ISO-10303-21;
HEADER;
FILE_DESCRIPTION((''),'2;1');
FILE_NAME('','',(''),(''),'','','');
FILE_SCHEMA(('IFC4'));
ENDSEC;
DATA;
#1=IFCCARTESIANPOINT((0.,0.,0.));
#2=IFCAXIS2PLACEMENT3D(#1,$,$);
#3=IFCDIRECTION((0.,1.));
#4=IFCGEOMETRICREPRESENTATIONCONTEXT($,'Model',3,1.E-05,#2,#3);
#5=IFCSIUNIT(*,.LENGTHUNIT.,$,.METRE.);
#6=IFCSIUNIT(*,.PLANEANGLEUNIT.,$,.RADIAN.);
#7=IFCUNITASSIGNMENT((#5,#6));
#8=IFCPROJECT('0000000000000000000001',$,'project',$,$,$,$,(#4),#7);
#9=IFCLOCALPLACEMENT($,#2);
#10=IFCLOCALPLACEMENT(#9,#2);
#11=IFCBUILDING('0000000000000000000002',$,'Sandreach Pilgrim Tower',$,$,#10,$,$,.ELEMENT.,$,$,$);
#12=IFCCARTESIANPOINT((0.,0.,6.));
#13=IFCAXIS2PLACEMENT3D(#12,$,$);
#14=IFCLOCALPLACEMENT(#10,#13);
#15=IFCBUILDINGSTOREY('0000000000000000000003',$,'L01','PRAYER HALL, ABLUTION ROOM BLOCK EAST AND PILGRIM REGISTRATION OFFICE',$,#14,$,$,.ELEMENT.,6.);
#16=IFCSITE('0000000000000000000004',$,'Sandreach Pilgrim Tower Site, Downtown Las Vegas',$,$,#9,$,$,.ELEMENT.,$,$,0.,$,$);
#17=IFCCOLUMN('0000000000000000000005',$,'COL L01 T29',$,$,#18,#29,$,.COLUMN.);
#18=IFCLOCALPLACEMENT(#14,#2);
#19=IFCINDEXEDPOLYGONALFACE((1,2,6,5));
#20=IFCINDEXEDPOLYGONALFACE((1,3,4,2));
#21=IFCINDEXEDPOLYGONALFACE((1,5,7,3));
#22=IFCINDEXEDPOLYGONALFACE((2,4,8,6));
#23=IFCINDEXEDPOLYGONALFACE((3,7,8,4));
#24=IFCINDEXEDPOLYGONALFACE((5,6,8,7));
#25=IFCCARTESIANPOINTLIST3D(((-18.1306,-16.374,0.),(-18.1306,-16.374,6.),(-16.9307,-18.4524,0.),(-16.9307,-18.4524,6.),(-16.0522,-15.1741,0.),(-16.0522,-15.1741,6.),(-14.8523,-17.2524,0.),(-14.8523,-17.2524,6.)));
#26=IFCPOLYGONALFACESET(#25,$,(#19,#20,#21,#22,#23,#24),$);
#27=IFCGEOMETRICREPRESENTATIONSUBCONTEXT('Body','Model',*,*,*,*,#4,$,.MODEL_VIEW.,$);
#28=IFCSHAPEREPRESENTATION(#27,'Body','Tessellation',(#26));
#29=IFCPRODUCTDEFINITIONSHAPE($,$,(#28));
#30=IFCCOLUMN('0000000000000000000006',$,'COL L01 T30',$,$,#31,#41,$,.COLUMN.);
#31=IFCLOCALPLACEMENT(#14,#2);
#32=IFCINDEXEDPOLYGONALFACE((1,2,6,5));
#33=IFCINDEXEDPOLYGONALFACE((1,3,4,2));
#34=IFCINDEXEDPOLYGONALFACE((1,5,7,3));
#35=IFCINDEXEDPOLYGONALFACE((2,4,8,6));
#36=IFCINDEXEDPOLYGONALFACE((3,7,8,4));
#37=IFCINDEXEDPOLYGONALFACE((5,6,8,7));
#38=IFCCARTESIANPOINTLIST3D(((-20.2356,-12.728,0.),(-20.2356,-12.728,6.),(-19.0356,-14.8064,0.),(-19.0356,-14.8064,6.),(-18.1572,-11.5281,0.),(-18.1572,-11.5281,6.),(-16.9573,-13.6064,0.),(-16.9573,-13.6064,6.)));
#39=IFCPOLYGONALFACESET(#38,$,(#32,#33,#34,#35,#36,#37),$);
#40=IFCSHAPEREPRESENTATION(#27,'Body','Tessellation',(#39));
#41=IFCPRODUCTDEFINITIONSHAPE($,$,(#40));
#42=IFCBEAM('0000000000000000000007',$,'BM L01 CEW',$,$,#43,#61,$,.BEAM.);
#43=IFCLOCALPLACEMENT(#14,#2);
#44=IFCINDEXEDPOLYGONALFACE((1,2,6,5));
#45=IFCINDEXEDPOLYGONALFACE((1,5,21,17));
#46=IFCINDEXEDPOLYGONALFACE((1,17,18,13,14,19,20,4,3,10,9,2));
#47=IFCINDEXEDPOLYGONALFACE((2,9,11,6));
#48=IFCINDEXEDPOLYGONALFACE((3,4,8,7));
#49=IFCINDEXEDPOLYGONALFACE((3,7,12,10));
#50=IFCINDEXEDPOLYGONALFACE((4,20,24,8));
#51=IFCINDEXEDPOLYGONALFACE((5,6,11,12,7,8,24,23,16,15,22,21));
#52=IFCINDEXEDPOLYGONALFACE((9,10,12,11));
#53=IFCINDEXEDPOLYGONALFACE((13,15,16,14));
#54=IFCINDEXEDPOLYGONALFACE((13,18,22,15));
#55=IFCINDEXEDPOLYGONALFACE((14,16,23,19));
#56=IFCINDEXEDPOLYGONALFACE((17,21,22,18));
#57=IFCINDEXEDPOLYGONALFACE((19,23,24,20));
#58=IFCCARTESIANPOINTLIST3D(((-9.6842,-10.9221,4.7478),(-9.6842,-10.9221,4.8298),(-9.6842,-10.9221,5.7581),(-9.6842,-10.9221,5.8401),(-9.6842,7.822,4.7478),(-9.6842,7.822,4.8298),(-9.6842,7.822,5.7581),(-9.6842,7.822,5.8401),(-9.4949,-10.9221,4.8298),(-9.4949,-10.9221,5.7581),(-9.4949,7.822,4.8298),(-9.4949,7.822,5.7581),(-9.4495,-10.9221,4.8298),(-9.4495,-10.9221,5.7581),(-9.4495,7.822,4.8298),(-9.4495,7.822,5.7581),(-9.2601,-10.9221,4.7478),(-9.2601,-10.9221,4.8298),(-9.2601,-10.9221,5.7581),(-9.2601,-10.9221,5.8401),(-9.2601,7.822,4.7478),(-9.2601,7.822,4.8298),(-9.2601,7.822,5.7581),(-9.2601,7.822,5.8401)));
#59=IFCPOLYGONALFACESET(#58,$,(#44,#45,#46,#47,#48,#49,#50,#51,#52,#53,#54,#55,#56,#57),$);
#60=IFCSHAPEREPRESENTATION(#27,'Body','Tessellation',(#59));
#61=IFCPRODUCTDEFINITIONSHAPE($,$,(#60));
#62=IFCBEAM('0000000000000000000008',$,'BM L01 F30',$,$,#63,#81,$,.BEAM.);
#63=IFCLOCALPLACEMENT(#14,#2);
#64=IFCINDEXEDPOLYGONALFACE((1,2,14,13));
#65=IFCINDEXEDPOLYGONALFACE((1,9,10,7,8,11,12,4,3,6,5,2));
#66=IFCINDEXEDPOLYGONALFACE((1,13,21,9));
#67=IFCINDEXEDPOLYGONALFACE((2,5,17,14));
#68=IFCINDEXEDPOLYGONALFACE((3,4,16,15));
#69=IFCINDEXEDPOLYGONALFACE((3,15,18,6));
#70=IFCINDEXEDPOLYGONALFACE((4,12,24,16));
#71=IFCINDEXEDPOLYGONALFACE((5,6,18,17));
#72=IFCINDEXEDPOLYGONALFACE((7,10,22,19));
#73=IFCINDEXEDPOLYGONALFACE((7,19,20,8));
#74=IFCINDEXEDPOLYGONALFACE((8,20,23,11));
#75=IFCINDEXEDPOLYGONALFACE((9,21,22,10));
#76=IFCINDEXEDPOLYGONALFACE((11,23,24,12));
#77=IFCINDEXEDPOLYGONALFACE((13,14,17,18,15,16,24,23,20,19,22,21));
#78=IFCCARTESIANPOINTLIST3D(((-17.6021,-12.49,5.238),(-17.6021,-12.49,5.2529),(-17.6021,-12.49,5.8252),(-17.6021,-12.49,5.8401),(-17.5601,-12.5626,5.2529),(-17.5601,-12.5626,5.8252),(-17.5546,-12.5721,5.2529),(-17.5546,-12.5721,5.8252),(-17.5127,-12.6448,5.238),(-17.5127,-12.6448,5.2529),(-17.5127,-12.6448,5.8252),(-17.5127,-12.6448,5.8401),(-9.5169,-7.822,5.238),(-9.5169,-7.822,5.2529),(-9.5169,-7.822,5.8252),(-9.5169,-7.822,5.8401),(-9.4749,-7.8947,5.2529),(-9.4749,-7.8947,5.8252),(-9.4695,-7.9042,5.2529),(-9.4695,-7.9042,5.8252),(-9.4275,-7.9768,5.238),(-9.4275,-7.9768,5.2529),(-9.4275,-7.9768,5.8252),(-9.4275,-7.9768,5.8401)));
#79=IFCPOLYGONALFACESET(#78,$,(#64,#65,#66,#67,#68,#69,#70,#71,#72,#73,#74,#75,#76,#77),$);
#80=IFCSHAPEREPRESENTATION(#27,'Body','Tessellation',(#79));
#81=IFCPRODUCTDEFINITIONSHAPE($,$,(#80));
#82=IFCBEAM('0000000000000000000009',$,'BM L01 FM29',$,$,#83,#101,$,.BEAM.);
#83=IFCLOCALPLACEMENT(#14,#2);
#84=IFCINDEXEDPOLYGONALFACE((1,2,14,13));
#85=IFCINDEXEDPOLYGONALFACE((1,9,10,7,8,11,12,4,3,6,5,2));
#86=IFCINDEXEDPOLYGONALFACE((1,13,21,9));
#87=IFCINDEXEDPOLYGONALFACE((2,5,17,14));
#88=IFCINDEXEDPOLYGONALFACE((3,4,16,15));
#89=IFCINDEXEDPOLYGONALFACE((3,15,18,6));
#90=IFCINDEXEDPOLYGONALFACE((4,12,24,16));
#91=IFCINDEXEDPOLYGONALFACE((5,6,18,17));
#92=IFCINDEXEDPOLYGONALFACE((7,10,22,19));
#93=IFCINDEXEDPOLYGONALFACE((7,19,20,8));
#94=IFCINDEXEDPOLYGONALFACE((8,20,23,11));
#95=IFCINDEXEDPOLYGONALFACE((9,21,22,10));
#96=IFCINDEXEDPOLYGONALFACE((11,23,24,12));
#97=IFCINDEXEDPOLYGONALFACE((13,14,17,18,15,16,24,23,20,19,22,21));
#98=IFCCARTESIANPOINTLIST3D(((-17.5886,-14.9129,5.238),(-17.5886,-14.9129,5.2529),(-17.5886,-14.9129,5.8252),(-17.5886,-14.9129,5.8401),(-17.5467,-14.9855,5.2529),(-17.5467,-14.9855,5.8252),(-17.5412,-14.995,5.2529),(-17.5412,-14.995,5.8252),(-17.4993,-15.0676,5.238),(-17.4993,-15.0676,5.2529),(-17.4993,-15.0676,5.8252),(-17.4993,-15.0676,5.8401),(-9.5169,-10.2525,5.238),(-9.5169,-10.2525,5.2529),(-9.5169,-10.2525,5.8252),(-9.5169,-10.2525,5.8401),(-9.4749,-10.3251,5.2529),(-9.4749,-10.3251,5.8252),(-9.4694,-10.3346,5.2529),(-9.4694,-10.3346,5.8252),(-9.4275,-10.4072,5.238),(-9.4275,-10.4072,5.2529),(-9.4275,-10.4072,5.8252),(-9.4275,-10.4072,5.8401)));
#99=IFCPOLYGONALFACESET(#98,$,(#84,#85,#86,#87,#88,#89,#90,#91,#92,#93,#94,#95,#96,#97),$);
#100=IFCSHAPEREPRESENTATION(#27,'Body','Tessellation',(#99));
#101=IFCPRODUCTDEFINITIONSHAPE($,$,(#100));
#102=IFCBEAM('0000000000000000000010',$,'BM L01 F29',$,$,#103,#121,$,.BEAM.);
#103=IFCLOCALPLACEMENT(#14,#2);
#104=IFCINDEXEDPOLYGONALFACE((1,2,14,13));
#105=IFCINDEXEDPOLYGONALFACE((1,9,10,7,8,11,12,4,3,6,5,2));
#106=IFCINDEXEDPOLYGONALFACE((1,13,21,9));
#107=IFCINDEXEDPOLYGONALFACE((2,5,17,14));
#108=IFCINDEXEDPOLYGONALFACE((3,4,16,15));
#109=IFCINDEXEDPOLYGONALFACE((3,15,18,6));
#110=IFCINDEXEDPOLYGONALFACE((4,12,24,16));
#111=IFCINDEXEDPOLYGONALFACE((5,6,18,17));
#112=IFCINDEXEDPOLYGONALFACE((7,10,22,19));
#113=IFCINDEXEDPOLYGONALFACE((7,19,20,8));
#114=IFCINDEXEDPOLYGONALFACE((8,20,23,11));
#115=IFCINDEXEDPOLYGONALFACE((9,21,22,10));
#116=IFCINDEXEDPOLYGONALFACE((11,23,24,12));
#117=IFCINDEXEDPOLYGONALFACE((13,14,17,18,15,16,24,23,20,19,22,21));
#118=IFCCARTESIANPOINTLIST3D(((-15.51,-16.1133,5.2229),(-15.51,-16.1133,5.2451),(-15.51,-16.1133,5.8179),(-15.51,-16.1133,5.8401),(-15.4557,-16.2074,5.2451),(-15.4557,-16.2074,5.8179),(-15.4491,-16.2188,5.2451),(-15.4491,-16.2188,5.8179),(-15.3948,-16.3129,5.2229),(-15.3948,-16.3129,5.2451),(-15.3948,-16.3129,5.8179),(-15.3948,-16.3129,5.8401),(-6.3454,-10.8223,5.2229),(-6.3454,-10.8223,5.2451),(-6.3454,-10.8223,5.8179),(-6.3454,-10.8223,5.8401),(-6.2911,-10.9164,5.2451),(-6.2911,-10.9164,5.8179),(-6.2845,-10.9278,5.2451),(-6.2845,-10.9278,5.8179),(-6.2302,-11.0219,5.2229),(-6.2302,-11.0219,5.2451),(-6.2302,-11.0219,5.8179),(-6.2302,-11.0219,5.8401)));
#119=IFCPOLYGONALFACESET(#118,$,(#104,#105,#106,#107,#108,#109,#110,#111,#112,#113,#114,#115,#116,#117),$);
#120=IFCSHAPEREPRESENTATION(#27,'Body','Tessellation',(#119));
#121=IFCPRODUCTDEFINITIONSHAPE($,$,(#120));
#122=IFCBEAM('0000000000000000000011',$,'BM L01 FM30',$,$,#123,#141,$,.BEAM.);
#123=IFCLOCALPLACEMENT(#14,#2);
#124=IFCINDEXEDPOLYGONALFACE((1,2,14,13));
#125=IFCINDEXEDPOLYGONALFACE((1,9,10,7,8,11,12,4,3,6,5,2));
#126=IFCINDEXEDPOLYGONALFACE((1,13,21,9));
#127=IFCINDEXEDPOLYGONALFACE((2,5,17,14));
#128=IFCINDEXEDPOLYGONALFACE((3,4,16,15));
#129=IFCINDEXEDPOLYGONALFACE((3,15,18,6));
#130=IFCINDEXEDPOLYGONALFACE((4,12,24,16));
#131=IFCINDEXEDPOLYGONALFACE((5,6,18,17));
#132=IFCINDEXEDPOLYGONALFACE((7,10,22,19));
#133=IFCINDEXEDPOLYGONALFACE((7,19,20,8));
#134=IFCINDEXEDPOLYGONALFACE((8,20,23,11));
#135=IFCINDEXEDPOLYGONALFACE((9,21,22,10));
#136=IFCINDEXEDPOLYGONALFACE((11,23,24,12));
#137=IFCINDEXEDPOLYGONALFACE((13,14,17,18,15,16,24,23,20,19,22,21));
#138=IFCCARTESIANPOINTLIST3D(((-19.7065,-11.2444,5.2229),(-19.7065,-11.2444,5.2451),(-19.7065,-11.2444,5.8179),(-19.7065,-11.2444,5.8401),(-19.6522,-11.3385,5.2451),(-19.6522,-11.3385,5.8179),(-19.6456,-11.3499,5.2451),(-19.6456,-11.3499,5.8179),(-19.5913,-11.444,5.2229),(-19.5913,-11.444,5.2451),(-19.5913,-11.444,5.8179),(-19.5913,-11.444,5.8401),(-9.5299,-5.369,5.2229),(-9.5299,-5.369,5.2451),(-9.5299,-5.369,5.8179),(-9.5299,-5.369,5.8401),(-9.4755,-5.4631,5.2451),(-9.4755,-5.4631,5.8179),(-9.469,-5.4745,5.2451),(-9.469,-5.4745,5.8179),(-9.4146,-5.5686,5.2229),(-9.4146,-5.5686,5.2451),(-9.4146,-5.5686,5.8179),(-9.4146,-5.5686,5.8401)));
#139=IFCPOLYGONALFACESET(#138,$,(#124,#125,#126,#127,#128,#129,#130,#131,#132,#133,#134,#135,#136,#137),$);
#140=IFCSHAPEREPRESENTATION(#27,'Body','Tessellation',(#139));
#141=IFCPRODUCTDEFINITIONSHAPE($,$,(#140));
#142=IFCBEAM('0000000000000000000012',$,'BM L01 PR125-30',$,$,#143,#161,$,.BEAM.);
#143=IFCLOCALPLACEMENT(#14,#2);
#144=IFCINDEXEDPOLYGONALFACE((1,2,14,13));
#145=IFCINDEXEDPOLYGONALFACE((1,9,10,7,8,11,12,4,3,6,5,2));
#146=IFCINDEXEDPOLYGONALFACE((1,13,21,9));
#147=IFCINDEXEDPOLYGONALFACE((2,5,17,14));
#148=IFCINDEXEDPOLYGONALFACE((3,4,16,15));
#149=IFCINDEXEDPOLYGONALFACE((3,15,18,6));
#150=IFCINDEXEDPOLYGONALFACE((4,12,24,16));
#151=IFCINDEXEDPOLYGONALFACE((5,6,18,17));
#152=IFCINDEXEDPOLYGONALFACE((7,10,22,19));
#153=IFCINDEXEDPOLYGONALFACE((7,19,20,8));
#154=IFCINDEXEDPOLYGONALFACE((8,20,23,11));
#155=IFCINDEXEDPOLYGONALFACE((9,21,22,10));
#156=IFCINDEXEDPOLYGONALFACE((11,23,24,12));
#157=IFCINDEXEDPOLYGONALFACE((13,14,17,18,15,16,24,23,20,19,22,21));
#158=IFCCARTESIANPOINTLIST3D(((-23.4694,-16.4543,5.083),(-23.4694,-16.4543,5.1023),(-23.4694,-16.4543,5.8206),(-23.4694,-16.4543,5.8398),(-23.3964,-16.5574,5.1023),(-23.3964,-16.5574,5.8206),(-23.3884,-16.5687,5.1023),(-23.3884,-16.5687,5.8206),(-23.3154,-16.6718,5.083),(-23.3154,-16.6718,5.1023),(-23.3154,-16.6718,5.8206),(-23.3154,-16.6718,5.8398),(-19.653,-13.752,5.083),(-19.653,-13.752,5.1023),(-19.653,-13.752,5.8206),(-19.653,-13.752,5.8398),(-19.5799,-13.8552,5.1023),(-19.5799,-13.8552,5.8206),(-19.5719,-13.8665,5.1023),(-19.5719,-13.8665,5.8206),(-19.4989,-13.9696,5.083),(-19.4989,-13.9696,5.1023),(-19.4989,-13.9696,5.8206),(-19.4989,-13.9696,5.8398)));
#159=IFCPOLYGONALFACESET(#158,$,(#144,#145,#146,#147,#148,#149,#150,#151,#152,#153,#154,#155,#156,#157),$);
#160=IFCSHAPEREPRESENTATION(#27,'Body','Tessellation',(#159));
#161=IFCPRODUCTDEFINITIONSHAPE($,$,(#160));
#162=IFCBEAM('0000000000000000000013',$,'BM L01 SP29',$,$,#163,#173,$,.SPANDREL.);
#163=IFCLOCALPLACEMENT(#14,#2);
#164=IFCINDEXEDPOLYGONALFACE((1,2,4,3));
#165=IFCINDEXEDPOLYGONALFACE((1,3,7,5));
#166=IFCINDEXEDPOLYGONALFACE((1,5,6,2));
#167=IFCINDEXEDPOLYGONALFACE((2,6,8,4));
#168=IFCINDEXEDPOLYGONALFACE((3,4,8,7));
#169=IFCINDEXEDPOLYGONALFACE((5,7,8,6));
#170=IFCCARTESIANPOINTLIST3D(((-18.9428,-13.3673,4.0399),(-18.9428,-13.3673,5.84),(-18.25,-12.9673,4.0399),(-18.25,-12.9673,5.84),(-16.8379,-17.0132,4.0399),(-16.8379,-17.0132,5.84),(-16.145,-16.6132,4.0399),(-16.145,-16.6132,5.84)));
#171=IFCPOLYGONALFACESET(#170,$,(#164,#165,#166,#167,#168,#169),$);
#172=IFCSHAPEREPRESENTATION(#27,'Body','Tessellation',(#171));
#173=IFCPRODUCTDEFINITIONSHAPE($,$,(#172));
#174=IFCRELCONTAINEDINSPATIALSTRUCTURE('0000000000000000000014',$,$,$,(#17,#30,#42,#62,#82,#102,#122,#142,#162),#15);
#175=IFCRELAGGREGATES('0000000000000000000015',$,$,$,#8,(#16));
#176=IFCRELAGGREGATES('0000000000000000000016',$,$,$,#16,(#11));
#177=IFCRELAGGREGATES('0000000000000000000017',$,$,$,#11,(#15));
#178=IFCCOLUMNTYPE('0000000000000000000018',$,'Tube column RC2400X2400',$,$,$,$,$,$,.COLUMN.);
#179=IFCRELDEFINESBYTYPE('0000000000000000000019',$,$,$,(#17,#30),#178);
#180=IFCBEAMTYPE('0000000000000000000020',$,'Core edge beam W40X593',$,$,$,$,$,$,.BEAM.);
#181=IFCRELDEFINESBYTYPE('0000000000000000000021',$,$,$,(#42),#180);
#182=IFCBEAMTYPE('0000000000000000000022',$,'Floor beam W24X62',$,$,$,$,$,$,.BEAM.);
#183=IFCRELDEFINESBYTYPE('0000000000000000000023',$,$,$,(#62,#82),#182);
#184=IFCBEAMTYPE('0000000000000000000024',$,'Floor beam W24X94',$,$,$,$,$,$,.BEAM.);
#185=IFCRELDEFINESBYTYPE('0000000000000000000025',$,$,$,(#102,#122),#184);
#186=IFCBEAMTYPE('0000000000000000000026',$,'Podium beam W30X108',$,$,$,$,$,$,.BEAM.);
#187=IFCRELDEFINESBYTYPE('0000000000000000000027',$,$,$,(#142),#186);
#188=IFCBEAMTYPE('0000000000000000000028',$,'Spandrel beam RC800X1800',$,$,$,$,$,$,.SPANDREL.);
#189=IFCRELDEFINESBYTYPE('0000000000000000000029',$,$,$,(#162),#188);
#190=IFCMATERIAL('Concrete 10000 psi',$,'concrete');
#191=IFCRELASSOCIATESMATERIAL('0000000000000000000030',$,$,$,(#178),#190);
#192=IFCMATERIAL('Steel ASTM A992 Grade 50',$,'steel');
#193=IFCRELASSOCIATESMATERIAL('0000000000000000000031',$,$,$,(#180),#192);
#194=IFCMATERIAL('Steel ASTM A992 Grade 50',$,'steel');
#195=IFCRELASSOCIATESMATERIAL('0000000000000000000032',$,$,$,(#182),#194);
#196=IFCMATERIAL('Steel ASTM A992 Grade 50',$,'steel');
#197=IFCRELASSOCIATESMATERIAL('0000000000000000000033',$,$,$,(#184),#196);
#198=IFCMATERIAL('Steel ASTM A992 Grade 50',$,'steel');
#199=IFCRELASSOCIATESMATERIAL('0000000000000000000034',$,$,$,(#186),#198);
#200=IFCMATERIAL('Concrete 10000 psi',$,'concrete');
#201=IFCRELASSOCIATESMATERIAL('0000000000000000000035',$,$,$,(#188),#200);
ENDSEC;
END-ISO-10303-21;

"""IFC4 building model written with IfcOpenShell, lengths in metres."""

from ifc_helpers import new_model, si_unit, direction, frame, origin, origin_2d, place, context, subcontext, project, spatial, rectangle, i_section, extrude, material, material_profile, profile_set, type_object, element, save


model = new_model("IFC4")

# Units and contexts
model_context = context("Model", 3, precision=1e-05, world=origin(), true_north=direction((0.0, 1.0)))
body_context = subcontext(model_context, "Body", "Model", "MODEL_VIEW")
ifc_project = project(units=[si_unit("LENGTHUNIT", "METRE"), si_unit("PLANEANGLEUNIT", "RADIAN")], contexts=[model_context])

# Site, building, storey
site_placement = place(None, origin())
site = spatial("IfcSite", under=ifc_project, at=site_placement, Name="Sandreach Pilgrim Tower Site, Downtown Las Vegas", CompositionType="ELEMENT", RefElevation=0.0)
building_placement = place(site_placement, origin())
building = spatial("IfcBuilding", under=site, at=building_placement, Name="Sandreach Pilgrim Tower", CompositionType="ELEMENT")
storey_placement = place(building_placement, frame((0.0, 0.0, 6.0)))
storey = spatial("IfcBuildingStorey", under=building, at=storey_placement, Name="L01", Description="PRAYER HALL, ABLUTION ROOM BLOCK EAST AND PILGRIM REGISTRATION OFFICE", CompositionType="ELEMENT", Elevation=6.0)

# Columns
ifc_material_1 = material(Name="Concrete 10000 psi", Category="concrete")
ifc_material_profile_1 = material_profile(ifc_material_1, rectangle(XDim=2.3999, YDim=2.3999, at=origin_2d()), Name="RC2400X2400")
ifc_profile_set_1 = profile_set([ifc_material_profile_1], Name="Concrete 10000 psi")
column_type = type_object("IfcColumnType", Name="Tube column RC2400X2400", PredefinedType="COLUMN", material=ifc_profile_set_1)
for number, where, z_axis, x_axis, name in (
    (1, (-16.4915, -16.8132, 0.0), (0.0, 0.0, 1.0), (-0.866025, -0.5, 0.0), "COL L01 T29"),
    (2, (-18.5964, -13.1672, 0.0), (0.0, 0.0, 1.0), (-0.866025, -0.5, 0.0), "COL L01 T30"),
):
    element("IfcColumn", number, at=place(storey_placement, frame(where, z_axis=z_axis, x_axis=x_axis)), inside=storey, type_object=column_type, Name=name, PredefinedType="COLUMN", context=body_context, shape_type="SweptSolid", body=[
        extrude(rectangle(XDim=2.3999, YDim=2.3999, at=origin_2d()), origin(), (0.0, 0.0, 1.0), 6.0),
    ])

# Beams
ifc_material_2 = material(Name="Steel ASTM A992 Grade 50", Category="steel")
ifc_material_profile_2 = material_profile(ifc_material_2, i_section(OverallWidth=0.4241, OverallDepth=1.0923, WebThickness=0.0454, FlangeThickness=0.082, at=origin_2d()), Name="W40X593")
ifc_profile_set_2 = profile_set([ifc_material_profile_2], Name="Steel ASTM A992 Grade 50")
beam_type_1 = type_object("IfcBeamType", Name="Core edge beam W40X593", PredefinedType="BEAM", material=ifc_profile_set_2)
beam_1_placement = place(storey_placement, frame((-9.4722, -10.9221, 5.2939), z_axis=(0.0, 1.0, 0.0), x_axis=(-1.0, 0.0, 0.0)))
element("IfcBeam", 3, at=beam_1_placement, inside=storey, type_object=beam_type_1, Name="BM L01 CEW", PredefinedType="BEAM", context=body_context, shape_type="SweptSolid", body=[
    extrude(i_section(OverallWidth=0.4241, OverallDepth=1.0923, WebThickness=0.0454, FlangeThickness=0.082, at=origin_2d()), origin(), (0.0, 0.0, 1.0), 18.7441),
])
ifc_material_3 = material(Name="Steel ASTM A992 Grade 50", Category="steel")
ifc_material_profile_3 = material_profile(ifc_material_3, i_section(OverallWidth=0.1787, OverallDepth=0.6021, WebThickness=0.011, FlangeThickness=0.0149, at=origin_2d()), Name="W24X62")
ifc_profile_set_3 = profile_set([ifc_material_profile_3], Name="Steel ASTM A992 Grade 50")
beam_type_2 = type_object("IfcBeamType", Name="Floor beam W24X62", PredefinedType="BEAM", material=ifc_profile_set_3)
beam_2_placement = place(storey_placement, frame((-17.5574, -12.5674, 5.5391), z_axis=(0.866027, 0.499998, 0.0), x_axis=(-0.499998, 0.866027, 0.0)))
element("IfcBeam", 4, at=beam_2_placement, inside=storey, type_object=beam_type_2, Name="BM L01 F30", PredefinedType="BEAM", context=body_context, shape_type="SweptSolid", body=[
    extrude(i_section(OverallWidth=0.1787, OverallDepth=0.6021, WebThickness=0.011, FlangeThickness=0.0149, at=origin_2d()), origin(), (0.0, 0.0, 1.0), 9.3359),
])
beam_3_placement = place(storey_placement, frame((-17.5439, -14.9902, 5.5391), z_axis=(0.866018, 0.500013, 0.0), x_axis=(-0.500013, 0.866018, 0.0)))
element("IfcBeam", 5, at=beam_3_placement, inside=storey, type_object=beam_type_2, Name="BM L01 FM29", PredefinedType="BEAM", context=body_context, shape_type="SweptSolid", body=[
    extrude(i_section(OverallWidth=0.1787, OverallDepth=0.6021, WebThickness=0.011, FlangeThickness=0.0149, at=origin_2d()), origin(), (0.0, 0.0, 1.0), 9.3206),
])
ifc_material_4 = material(Name="Steel ASTM A992 Grade 50", Category="steel")
ifc_material_profile_4 = material_profile(ifc_material_4, i_section(OverallWidth=0.2305, OverallDepth=0.6172, WebThickness=0.0132, FlangeThickness=0.0222, at=origin_2d()), Name="W24X94")
ifc_profile_set_4 = profile_set([ifc_material_profile_4], Name="Steel ASTM A992 Grade 50")
beam_type_3 = type_object("IfcBeamType", Name="Floor beam W24X94", PredefinedType="BEAM", material=ifc_profile_set_4)
beam_4_placement = place(storey_placement, frame((-15.4524, -16.2131, 5.5315), z_axis=(0.866031, 0.49999, 0.0), x_axis=(-0.49999, 0.866031, 0.0)))
element("IfcBeam", 6, at=beam_4_placement, inside=storey, type_object=beam_type_3, Name="BM L01 F29", PredefinedType="BEAM", context=body_context, shape_type="SweptSolid", body=[
    extrude(i_section(OverallWidth=0.2305, OverallDepth=0.6172, WebThickness=0.0132, FlangeThickness=0.0222, at=origin_2d()), origin(), (0.0, 0.0, 1.0), 10.5823),
])
beam_5_placement = place(storey_placement, frame((-19.6489, -11.3442, 5.5315), z_axis=(0.866028, 0.499996, 0.0), x_axis=(-0.499996, 0.866028, 0.0)))
element("IfcBeam", 7, at=beam_5_placement, inside=storey, type_object=beam_type_3, Name="BM L01 FM30", PredefinedType="BEAM", context=body_context, shape_type="SweptSolid", body=[
    extrude(i_section(OverallWidth=0.2305, OverallDepth=0.6172, WebThickness=0.0132, FlangeThickness=0.0222, at=origin_2d()), origin(), (0.0, 0.0, 1.0), 11.751),
])
ifc_material_5 = material(Name="Steel ASTM A992 Grade 50", Category="steel")
ifc_material_profile_5 = material_profile(ifc_material_5, i_section(OverallWidth=0.2666, OverallDepth=0.7568, WebThickness=0.0139, FlangeThickness=0.0193, at=origin_2d()), Name="W30X108")
ifc_profile_set_5 = profile_set([ifc_material_profile_5], Name="Steel ASTM A992 Grade 50")
beam_type_4 = type_object("IfcBeamType", Name="Podium beam W30X108", PredefinedType="BEAM", material=ifc_profile_set_5)
beam_6_placement = place(storey_placement, frame((-19.5759, -13.8608, 5.4614), z_axis=(-0.816139, -0.577855, 0.0), x_axis=(0.577855, -0.816139, 0.0)))
element("IfcBeam", 8, at=beam_6_placement, inside=storey, type_object=beam_type_4, Name="BM L01 PR125-30", PredefinedType="BEAM", context=body_context, shape_type="SweptSolid", body=[
    extrude(i_section(OverallWidth=0.2666, OverallDepth=0.7568, WebThickness=0.0139, FlangeThickness=0.0193, at=origin_2d()), origin(), (0.0, 0.0, 1.0), 4.6763),
])
ifc_material_6 = material(Name="Concrete 10000 psi", Category="concrete")
ifc_material_profile_6 = material_profile(ifc_material_6, rectangle(XDim=0.8, YDim=1.8, at=origin_2d()), Name="RC800X1800")
ifc_profile_set_6 = profile_set([ifc_material_profile_6], Name="Concrete 10000 psi")
beam_type_5 = type_object("IfcBeamType", Name="Spandrel beam RC800X1800", PredefinedType="SPANDREL", material=ifc_profile_set_6)
beam_7_placement = place(storey_placement, frame((-16.4915, -16.8132, 4.9399), z_axis=(-0.499994, 0.866029, 0.0), x_axis=(-0.866029, -0.499994, 0.0)))
element("IfcBeam", 9, at=beam_7_placement, inside=storey, type_object=beam_type_5, Name="BM L01 SP29", PredefinedType="SPANDREL", context=body_context, shape_type="SweptSolid", body=[
    extrude(rectangle(XDim=0.8, YDim=1.8, at=origin_2d()), origin(), (0.0, 0.0, 1.0), 4.21),
])

save(model, "model.ifc")
